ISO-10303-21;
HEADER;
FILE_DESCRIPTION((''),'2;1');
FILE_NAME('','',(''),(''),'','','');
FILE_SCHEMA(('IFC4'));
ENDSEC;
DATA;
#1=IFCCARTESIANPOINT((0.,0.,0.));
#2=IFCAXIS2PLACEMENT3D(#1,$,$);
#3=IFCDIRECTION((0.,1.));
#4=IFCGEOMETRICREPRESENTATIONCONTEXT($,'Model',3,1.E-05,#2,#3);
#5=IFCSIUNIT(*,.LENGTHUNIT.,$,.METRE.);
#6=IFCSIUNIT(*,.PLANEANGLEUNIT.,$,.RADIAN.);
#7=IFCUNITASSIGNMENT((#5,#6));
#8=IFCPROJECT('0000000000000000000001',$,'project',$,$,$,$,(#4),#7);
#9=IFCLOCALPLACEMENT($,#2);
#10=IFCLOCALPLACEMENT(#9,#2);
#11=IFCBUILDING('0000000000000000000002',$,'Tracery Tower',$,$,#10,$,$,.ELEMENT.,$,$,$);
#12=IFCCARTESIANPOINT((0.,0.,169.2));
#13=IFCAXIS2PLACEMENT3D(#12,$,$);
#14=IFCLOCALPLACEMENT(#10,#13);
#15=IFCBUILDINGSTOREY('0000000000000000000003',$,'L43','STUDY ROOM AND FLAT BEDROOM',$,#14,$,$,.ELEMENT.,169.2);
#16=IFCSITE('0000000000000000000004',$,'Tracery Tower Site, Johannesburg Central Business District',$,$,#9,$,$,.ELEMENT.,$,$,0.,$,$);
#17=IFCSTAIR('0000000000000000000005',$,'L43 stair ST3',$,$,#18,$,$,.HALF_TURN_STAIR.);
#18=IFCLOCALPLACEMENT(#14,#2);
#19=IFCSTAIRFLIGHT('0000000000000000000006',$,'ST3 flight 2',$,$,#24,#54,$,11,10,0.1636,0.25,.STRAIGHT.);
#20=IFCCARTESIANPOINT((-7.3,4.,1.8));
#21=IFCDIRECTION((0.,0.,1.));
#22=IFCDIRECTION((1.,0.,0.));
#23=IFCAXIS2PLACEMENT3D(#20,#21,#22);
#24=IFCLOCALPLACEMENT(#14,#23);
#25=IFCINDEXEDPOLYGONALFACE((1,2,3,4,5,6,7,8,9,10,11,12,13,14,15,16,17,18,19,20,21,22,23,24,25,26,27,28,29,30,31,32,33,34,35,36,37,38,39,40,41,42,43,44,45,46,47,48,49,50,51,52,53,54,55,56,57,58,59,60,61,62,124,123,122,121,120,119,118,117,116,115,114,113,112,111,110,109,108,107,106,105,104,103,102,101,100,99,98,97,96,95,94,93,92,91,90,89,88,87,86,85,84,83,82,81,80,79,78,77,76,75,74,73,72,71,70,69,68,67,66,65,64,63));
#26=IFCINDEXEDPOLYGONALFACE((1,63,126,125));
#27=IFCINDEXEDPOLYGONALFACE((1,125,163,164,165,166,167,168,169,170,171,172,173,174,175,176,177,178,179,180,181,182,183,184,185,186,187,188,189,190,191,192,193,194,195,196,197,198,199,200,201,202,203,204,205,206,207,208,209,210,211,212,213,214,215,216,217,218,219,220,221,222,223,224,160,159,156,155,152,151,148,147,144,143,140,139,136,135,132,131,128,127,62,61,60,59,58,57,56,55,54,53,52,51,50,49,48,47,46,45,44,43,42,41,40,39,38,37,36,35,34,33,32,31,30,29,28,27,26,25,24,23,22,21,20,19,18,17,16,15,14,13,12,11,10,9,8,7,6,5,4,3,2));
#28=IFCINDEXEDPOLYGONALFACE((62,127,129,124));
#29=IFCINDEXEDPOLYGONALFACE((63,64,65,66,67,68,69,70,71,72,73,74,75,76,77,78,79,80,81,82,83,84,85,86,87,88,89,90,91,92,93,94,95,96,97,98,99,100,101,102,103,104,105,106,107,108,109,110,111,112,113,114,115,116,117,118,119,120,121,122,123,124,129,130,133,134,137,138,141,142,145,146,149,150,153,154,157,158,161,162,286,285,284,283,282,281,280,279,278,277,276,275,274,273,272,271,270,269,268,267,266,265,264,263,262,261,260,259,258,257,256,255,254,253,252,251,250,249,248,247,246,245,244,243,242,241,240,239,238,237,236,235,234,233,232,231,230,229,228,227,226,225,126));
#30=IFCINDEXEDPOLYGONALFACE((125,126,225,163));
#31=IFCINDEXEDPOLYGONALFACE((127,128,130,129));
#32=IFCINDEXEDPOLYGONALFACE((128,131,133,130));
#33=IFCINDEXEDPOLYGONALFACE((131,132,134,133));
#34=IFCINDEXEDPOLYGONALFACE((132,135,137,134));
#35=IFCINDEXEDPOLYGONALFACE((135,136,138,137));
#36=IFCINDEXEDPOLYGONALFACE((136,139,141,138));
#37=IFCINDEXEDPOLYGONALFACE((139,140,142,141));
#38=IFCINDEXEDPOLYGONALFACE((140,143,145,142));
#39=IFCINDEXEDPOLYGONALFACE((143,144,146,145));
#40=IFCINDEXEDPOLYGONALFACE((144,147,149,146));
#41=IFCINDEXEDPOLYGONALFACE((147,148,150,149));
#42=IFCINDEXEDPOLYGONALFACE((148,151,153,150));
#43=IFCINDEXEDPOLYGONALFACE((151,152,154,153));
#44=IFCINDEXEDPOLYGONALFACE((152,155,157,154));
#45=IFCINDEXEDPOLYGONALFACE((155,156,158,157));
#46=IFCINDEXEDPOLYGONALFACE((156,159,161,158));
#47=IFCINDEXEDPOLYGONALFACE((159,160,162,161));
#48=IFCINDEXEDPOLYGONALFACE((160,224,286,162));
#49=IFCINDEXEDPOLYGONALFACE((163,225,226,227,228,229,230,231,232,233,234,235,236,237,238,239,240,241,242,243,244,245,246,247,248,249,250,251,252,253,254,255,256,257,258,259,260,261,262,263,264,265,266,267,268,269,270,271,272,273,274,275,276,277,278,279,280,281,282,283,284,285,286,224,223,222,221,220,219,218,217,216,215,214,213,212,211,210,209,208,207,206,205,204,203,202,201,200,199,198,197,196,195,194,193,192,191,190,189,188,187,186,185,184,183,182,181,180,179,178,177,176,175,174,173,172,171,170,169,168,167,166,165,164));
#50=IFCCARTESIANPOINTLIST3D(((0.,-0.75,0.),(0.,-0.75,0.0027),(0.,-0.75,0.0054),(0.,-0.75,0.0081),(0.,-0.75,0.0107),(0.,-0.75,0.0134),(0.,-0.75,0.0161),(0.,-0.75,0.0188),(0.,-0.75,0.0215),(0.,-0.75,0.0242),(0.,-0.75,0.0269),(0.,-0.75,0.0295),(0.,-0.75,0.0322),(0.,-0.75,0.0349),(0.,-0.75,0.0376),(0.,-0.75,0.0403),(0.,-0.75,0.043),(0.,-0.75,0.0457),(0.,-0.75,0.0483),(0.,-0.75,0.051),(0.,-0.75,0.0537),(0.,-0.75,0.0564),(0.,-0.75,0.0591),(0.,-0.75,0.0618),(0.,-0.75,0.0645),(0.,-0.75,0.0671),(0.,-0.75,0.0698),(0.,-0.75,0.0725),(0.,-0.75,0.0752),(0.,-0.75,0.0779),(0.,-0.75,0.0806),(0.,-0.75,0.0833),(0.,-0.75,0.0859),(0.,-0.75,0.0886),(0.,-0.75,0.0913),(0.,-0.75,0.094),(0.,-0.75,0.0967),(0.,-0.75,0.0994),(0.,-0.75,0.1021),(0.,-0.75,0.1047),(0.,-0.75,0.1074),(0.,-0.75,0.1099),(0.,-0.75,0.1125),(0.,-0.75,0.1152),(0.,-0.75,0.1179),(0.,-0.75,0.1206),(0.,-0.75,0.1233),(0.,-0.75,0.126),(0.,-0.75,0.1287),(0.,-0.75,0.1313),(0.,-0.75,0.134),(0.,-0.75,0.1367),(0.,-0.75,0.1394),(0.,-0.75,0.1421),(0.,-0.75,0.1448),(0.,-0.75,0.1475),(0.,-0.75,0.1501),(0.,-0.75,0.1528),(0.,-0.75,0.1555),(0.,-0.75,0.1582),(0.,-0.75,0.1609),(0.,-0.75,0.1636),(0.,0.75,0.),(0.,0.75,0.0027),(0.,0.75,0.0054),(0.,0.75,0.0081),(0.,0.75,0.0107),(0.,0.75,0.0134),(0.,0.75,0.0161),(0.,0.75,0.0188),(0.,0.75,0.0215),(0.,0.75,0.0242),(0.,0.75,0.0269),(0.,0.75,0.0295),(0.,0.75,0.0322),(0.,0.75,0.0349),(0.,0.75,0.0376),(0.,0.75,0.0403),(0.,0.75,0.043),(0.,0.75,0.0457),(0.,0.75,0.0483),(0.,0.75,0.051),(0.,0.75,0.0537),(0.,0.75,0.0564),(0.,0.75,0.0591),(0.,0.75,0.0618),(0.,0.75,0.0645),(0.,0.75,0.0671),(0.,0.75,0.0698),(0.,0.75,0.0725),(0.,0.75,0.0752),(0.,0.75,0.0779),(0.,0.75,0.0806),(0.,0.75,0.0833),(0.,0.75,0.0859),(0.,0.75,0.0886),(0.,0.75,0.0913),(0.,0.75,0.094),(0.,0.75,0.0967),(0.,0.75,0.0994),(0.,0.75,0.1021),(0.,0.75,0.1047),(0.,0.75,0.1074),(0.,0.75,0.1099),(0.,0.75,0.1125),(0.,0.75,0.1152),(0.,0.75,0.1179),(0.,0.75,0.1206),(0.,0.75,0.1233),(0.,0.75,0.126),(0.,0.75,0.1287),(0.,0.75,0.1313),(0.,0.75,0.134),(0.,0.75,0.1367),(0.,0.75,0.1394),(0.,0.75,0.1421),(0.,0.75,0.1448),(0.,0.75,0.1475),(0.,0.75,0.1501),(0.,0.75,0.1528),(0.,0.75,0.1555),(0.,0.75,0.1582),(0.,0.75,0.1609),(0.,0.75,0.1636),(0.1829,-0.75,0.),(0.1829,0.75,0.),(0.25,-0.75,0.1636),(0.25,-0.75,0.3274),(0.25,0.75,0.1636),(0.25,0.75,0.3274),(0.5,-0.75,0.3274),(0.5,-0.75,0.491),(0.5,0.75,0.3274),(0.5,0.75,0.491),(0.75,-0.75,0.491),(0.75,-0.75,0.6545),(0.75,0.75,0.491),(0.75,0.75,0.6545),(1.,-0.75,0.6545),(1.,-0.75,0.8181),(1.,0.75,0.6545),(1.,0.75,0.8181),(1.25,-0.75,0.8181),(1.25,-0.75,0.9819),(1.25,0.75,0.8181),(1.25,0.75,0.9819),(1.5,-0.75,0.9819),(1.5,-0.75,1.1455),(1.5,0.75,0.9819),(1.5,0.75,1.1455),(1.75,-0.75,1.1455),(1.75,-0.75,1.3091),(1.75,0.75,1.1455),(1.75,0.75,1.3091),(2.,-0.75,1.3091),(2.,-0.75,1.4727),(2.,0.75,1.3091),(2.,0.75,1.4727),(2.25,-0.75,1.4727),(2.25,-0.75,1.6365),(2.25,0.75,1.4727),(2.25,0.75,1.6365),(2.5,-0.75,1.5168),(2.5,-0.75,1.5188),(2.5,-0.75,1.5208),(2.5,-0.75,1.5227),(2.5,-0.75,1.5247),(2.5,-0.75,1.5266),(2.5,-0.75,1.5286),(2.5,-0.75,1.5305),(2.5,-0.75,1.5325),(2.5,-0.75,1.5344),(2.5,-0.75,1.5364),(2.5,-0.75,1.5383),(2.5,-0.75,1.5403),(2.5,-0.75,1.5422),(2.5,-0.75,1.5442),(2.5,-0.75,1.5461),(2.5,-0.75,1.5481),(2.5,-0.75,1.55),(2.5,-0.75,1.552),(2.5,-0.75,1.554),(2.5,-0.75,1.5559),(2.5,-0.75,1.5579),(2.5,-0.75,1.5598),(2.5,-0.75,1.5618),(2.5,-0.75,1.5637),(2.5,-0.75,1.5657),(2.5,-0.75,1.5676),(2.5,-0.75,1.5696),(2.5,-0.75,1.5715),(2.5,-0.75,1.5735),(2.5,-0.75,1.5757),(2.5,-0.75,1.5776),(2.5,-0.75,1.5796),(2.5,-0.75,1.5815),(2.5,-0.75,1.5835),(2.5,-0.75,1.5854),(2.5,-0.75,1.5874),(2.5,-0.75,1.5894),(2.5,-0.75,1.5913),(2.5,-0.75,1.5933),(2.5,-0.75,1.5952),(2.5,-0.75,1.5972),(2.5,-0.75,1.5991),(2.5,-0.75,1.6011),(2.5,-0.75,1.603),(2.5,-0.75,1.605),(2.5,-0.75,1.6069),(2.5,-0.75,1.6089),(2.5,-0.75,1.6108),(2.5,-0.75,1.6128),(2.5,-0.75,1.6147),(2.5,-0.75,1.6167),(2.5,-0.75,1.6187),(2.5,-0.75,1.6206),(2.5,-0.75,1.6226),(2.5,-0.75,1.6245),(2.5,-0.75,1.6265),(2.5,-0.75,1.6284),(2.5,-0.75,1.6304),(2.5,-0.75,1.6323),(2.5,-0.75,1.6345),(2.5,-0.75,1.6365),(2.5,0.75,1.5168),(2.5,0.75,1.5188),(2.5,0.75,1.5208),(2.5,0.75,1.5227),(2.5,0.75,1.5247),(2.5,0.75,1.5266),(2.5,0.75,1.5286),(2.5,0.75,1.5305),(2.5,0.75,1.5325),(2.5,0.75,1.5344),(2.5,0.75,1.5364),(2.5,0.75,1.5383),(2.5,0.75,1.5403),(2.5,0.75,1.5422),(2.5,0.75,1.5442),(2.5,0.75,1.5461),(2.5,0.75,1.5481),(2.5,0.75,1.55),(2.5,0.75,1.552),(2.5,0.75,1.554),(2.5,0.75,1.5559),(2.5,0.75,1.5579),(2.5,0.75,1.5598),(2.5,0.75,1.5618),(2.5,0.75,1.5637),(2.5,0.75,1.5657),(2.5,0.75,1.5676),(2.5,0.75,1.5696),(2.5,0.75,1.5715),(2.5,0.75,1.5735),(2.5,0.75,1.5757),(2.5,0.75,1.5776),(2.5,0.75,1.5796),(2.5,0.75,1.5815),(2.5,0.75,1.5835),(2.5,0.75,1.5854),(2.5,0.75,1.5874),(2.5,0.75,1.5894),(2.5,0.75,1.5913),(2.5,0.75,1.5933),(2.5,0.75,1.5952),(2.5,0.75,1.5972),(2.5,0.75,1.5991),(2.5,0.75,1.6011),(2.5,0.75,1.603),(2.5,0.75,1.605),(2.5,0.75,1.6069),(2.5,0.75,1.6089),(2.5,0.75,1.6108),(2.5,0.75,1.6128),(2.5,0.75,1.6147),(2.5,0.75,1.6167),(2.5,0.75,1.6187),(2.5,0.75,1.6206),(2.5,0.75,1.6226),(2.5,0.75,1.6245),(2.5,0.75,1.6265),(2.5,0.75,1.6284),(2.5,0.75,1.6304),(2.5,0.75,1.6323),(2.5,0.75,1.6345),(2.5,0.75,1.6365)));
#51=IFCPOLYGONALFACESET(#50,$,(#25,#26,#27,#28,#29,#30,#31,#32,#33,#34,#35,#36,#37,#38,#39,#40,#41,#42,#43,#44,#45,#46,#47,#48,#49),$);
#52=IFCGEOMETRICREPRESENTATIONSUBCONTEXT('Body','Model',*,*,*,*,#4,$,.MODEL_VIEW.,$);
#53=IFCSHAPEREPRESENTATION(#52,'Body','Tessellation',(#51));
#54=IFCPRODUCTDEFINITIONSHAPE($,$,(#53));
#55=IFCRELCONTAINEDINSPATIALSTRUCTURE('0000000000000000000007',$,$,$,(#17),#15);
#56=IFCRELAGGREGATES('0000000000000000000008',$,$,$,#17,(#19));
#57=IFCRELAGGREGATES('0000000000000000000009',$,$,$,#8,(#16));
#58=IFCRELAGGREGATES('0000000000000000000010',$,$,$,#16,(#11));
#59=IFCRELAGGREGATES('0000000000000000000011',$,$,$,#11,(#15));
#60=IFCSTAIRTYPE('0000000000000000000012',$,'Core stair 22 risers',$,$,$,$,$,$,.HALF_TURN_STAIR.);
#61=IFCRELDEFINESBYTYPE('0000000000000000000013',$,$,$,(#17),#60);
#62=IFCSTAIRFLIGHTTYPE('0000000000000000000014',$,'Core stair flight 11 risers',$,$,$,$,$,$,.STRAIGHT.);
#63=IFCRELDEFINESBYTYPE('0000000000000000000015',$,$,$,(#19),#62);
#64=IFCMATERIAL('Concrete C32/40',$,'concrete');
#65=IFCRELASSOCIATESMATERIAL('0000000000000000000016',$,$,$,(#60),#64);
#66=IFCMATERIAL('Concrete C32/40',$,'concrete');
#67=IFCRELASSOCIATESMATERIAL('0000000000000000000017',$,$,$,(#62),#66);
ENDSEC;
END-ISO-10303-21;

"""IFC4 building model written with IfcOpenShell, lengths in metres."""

from ifc_helpers import new_model, si_unit, direction, frame, origin, place, context, subcontext, project, spatial, polyline, outline, extrude, material, type_object, element, aggregate, save


model = new_model("IFC4")

# Units and contexts
model_context = context("Model", 3, precision=1e-05, world=origin(), true_north=direction((0.0, 1.0)))
body_context = subcontext(model_context, "Body", "Model", "MODEL_VIEW")
ifc_project = project(units=[si_unit("LENGTHUNIT", "METRE"), si_unit("PLANEANGLEUNIT", "RADIAN")], contexts=[model_context])

# Site, building, storey
site_placement = place(None, origin())
site = spatial("IfcSite", under=ifc_project, at=site_placement, Name="Tracery Tower Site, Johannesburg Central Business District", CompositionType="ELEMENT", RefElevation=0.0)
building_placement = place(site_placement, origin())
building = spatial("IfcBuilding", under=site, at=building_placement, Name="Tracery Tower", CompositionType="ELEMENT")
storey_placement = place(building_placement, frame((0.0, 0.0, 169.2)))
storey = spatial("IfcBuildingStorey", under=building, at=storey_placement, Name="L43", Description="STUDY ROOM AND FLAT BEDROOM", CompositionType="ELEMENT", Elevation=169.2)

# Stair, stair flight
ifc_material_1 = material(Name="Concrete C32/40", Category="concrete")
stair_type = type_object("IfcStairType", Name="Core stair 22 risers", PredefinedType="HALF_TURN_STAIR", material=ifc_material_1)
stair_placement = place(storey_placement, origin())
stair = element("IfcStair", 1, at=stair_placement, inside=storey, type_object=stair_type, Name="L43 stair ST3", PredefinedType="HALF_TURN_STAIR")
ifc_material_2 = material(Name="Concrete C32/40", Category="concrete")
stair_flight_type = type_object("IfcStairFlightType", Name="Core stair flight 11 risers", PredefinedType="STRAIGHT", material=ifc_material_2)
stair_flight_1_placement = place(storey_placement, frame((-7.3, 4.0, 1.8), z_axis=(0.0, 0.0, 1.0), x_axis=(1.0, 0.0, 0.0)))
stair_flight_1 = element("IfcStairFlight", 2, at=stair_flight_1_placement, type_object=stair_flight_type, Name="ST3 flight 2", NumberOfRisers=11, NumberOfTreads=10, PredefinedType="STRAIGHT", RiserHeight=0.1636, TreadLength=0.25, context=body_context, shape_type="SweptSolid", body=[
    extrude(outline(polyline([(0.0, 0.0), (0.0, 0.0027), (0.0, 0.0054), (0.0, 0.0081), (0.0, 0.0107), (0.0, 0.0134), (0.0, 0.0161), (0.0, 0.0188), (0.0, 0.0215), (0.0, 0.0242), (0.0, 0.0269), (0.0, 0.0295), (0.0, 0.0322), (0.0, 0.0349), (0.0, 0.0376), (0.0, 0.0403), (0.0, 0.043), (0.0, 0.0457), (0.0, 0.0483), (0.0, 0.051), (0.0, 0.0537), (0.0, 0.0564), (0.0, 0.0591), (0.0, 0.0618), (0.0, 0.0645), (0.0, 0.0671), (0.0, 0.0698), (0.0, 0.0725), (0.0, 0.0752), (0.0, 0.0779), (0.0, 0.0806), (0.0, 0.0833), (0.0, 0.0859), (0.0, 0.0886), (0.0, 0.0913), (0.0, 0.094), (0.0, 0.0967), (0.0, 0.0994), (0.0, 0.1021), (0.0, 0.1047), (0.0, 0.1074), (0.0, 0.1099), (0.0, 0.1125), (0.0, 0.1152), (0.0, 0.1179), (0.0, 0.1206), (0.0, 0.1233), (0.0, 0.126), (0.0, 0.1287), (0.0, 0.1313), (0.0, 0.134), (0.0, 0.1367), (0.0, 0.1394), (0.0, 0.1421), (0.0, 0.1448), (0.0, 0.1475), (0.0, 0.1501), (0.0, 0.1528), (0.0, 0.1555), (0.0, 0.1582), (0.0, 0.1609), (0.0, 0.1636), (0.25, 0.1636), (0.25, 0.3274), (0.5, 0.3274), (0.5, 0.491), (0.75, 0.491), (0.75, 0.6545), (1.0, 0.6545), (1.0, 0.8181), (1.25, 0.8181), (1.25, 0.9819), (1.5, 0.9819), (1.5, 1.1455), (1.75, 1.1455), (1.75, 1.3091), (2.0, 1.3091), (2.0, 1.4727), (2.25, 1.4727), (2.25, 1.6365), (2.5, 1.6365), (2.5, 1.6345), (2.5, 1.6323), (2.5, 1.6304), (2.5, 1.6284), (2.5, 1.6265), (2.5, 1.6245), (2.5, 1.6226), (2.5, 1.6206), (2.5, 1.6187), (2.5, 1.6167), (2.5, 1.6147), (2.5, 1.6128), (2.5, 1.6108), (2.5, 1.6089), (2.5, 1.6069), (2.5, 1.605), (2.5, 1.603), (2.5, 1.6011), (2.5, 1.5991), (2.5, 1.5972), (2.5, 1.5952), (2.5, 1.5933), (2.5, 1.5913), (2.5, 1.5894), (2.5, 1.5874), (2.5, 1.5854), (2.5, 1.5835), (2.5, 1.5815), (2.5, 1.5796), (2.5, 1.5776), (2.5, 1.5757), (2.5, 1.5735), (2.5, 1.5715), (2.5, 1.5696), (2.5, 1.5676), (2.5, 1.5657), (2.5, 1.5637), (2.5, 1.5618), (2.5, 1.5598), (2.5, 1.5579), (2.5, 1.5559), (2.5, 1.554), (2.5, 1.552), (2.5, 1.55), (2.5, 1.5481), (2.5, 1.5461), (2.5, 1.5442), (2.5, 1.5422), (2.5, 1.5403), (2.5, 1.5383), (2.5, 1.5364), (2.5, 1.5344), (2.5, 1.5325), (2.5, 1.5305), (2.5, 1.5286), (2.5, 1.5266), (2.5, 1.5247), (2.5, 1.5227), (2.5, 1.5208), (2.5, 1.5188), (2.5, 1.5168), (0.1829, 0.0), (0.0, 0.0)])), frame((0.0, 0.75, 0.0), z_axis=(0.0, -1.0, 0.0), x_axis=(1.0, 0.0, 0.0)), (0.0, 0.0, 1.0), 1.5),
])
aggregate(stair, [stair_flight_1])

save(model, "model.ifc")
